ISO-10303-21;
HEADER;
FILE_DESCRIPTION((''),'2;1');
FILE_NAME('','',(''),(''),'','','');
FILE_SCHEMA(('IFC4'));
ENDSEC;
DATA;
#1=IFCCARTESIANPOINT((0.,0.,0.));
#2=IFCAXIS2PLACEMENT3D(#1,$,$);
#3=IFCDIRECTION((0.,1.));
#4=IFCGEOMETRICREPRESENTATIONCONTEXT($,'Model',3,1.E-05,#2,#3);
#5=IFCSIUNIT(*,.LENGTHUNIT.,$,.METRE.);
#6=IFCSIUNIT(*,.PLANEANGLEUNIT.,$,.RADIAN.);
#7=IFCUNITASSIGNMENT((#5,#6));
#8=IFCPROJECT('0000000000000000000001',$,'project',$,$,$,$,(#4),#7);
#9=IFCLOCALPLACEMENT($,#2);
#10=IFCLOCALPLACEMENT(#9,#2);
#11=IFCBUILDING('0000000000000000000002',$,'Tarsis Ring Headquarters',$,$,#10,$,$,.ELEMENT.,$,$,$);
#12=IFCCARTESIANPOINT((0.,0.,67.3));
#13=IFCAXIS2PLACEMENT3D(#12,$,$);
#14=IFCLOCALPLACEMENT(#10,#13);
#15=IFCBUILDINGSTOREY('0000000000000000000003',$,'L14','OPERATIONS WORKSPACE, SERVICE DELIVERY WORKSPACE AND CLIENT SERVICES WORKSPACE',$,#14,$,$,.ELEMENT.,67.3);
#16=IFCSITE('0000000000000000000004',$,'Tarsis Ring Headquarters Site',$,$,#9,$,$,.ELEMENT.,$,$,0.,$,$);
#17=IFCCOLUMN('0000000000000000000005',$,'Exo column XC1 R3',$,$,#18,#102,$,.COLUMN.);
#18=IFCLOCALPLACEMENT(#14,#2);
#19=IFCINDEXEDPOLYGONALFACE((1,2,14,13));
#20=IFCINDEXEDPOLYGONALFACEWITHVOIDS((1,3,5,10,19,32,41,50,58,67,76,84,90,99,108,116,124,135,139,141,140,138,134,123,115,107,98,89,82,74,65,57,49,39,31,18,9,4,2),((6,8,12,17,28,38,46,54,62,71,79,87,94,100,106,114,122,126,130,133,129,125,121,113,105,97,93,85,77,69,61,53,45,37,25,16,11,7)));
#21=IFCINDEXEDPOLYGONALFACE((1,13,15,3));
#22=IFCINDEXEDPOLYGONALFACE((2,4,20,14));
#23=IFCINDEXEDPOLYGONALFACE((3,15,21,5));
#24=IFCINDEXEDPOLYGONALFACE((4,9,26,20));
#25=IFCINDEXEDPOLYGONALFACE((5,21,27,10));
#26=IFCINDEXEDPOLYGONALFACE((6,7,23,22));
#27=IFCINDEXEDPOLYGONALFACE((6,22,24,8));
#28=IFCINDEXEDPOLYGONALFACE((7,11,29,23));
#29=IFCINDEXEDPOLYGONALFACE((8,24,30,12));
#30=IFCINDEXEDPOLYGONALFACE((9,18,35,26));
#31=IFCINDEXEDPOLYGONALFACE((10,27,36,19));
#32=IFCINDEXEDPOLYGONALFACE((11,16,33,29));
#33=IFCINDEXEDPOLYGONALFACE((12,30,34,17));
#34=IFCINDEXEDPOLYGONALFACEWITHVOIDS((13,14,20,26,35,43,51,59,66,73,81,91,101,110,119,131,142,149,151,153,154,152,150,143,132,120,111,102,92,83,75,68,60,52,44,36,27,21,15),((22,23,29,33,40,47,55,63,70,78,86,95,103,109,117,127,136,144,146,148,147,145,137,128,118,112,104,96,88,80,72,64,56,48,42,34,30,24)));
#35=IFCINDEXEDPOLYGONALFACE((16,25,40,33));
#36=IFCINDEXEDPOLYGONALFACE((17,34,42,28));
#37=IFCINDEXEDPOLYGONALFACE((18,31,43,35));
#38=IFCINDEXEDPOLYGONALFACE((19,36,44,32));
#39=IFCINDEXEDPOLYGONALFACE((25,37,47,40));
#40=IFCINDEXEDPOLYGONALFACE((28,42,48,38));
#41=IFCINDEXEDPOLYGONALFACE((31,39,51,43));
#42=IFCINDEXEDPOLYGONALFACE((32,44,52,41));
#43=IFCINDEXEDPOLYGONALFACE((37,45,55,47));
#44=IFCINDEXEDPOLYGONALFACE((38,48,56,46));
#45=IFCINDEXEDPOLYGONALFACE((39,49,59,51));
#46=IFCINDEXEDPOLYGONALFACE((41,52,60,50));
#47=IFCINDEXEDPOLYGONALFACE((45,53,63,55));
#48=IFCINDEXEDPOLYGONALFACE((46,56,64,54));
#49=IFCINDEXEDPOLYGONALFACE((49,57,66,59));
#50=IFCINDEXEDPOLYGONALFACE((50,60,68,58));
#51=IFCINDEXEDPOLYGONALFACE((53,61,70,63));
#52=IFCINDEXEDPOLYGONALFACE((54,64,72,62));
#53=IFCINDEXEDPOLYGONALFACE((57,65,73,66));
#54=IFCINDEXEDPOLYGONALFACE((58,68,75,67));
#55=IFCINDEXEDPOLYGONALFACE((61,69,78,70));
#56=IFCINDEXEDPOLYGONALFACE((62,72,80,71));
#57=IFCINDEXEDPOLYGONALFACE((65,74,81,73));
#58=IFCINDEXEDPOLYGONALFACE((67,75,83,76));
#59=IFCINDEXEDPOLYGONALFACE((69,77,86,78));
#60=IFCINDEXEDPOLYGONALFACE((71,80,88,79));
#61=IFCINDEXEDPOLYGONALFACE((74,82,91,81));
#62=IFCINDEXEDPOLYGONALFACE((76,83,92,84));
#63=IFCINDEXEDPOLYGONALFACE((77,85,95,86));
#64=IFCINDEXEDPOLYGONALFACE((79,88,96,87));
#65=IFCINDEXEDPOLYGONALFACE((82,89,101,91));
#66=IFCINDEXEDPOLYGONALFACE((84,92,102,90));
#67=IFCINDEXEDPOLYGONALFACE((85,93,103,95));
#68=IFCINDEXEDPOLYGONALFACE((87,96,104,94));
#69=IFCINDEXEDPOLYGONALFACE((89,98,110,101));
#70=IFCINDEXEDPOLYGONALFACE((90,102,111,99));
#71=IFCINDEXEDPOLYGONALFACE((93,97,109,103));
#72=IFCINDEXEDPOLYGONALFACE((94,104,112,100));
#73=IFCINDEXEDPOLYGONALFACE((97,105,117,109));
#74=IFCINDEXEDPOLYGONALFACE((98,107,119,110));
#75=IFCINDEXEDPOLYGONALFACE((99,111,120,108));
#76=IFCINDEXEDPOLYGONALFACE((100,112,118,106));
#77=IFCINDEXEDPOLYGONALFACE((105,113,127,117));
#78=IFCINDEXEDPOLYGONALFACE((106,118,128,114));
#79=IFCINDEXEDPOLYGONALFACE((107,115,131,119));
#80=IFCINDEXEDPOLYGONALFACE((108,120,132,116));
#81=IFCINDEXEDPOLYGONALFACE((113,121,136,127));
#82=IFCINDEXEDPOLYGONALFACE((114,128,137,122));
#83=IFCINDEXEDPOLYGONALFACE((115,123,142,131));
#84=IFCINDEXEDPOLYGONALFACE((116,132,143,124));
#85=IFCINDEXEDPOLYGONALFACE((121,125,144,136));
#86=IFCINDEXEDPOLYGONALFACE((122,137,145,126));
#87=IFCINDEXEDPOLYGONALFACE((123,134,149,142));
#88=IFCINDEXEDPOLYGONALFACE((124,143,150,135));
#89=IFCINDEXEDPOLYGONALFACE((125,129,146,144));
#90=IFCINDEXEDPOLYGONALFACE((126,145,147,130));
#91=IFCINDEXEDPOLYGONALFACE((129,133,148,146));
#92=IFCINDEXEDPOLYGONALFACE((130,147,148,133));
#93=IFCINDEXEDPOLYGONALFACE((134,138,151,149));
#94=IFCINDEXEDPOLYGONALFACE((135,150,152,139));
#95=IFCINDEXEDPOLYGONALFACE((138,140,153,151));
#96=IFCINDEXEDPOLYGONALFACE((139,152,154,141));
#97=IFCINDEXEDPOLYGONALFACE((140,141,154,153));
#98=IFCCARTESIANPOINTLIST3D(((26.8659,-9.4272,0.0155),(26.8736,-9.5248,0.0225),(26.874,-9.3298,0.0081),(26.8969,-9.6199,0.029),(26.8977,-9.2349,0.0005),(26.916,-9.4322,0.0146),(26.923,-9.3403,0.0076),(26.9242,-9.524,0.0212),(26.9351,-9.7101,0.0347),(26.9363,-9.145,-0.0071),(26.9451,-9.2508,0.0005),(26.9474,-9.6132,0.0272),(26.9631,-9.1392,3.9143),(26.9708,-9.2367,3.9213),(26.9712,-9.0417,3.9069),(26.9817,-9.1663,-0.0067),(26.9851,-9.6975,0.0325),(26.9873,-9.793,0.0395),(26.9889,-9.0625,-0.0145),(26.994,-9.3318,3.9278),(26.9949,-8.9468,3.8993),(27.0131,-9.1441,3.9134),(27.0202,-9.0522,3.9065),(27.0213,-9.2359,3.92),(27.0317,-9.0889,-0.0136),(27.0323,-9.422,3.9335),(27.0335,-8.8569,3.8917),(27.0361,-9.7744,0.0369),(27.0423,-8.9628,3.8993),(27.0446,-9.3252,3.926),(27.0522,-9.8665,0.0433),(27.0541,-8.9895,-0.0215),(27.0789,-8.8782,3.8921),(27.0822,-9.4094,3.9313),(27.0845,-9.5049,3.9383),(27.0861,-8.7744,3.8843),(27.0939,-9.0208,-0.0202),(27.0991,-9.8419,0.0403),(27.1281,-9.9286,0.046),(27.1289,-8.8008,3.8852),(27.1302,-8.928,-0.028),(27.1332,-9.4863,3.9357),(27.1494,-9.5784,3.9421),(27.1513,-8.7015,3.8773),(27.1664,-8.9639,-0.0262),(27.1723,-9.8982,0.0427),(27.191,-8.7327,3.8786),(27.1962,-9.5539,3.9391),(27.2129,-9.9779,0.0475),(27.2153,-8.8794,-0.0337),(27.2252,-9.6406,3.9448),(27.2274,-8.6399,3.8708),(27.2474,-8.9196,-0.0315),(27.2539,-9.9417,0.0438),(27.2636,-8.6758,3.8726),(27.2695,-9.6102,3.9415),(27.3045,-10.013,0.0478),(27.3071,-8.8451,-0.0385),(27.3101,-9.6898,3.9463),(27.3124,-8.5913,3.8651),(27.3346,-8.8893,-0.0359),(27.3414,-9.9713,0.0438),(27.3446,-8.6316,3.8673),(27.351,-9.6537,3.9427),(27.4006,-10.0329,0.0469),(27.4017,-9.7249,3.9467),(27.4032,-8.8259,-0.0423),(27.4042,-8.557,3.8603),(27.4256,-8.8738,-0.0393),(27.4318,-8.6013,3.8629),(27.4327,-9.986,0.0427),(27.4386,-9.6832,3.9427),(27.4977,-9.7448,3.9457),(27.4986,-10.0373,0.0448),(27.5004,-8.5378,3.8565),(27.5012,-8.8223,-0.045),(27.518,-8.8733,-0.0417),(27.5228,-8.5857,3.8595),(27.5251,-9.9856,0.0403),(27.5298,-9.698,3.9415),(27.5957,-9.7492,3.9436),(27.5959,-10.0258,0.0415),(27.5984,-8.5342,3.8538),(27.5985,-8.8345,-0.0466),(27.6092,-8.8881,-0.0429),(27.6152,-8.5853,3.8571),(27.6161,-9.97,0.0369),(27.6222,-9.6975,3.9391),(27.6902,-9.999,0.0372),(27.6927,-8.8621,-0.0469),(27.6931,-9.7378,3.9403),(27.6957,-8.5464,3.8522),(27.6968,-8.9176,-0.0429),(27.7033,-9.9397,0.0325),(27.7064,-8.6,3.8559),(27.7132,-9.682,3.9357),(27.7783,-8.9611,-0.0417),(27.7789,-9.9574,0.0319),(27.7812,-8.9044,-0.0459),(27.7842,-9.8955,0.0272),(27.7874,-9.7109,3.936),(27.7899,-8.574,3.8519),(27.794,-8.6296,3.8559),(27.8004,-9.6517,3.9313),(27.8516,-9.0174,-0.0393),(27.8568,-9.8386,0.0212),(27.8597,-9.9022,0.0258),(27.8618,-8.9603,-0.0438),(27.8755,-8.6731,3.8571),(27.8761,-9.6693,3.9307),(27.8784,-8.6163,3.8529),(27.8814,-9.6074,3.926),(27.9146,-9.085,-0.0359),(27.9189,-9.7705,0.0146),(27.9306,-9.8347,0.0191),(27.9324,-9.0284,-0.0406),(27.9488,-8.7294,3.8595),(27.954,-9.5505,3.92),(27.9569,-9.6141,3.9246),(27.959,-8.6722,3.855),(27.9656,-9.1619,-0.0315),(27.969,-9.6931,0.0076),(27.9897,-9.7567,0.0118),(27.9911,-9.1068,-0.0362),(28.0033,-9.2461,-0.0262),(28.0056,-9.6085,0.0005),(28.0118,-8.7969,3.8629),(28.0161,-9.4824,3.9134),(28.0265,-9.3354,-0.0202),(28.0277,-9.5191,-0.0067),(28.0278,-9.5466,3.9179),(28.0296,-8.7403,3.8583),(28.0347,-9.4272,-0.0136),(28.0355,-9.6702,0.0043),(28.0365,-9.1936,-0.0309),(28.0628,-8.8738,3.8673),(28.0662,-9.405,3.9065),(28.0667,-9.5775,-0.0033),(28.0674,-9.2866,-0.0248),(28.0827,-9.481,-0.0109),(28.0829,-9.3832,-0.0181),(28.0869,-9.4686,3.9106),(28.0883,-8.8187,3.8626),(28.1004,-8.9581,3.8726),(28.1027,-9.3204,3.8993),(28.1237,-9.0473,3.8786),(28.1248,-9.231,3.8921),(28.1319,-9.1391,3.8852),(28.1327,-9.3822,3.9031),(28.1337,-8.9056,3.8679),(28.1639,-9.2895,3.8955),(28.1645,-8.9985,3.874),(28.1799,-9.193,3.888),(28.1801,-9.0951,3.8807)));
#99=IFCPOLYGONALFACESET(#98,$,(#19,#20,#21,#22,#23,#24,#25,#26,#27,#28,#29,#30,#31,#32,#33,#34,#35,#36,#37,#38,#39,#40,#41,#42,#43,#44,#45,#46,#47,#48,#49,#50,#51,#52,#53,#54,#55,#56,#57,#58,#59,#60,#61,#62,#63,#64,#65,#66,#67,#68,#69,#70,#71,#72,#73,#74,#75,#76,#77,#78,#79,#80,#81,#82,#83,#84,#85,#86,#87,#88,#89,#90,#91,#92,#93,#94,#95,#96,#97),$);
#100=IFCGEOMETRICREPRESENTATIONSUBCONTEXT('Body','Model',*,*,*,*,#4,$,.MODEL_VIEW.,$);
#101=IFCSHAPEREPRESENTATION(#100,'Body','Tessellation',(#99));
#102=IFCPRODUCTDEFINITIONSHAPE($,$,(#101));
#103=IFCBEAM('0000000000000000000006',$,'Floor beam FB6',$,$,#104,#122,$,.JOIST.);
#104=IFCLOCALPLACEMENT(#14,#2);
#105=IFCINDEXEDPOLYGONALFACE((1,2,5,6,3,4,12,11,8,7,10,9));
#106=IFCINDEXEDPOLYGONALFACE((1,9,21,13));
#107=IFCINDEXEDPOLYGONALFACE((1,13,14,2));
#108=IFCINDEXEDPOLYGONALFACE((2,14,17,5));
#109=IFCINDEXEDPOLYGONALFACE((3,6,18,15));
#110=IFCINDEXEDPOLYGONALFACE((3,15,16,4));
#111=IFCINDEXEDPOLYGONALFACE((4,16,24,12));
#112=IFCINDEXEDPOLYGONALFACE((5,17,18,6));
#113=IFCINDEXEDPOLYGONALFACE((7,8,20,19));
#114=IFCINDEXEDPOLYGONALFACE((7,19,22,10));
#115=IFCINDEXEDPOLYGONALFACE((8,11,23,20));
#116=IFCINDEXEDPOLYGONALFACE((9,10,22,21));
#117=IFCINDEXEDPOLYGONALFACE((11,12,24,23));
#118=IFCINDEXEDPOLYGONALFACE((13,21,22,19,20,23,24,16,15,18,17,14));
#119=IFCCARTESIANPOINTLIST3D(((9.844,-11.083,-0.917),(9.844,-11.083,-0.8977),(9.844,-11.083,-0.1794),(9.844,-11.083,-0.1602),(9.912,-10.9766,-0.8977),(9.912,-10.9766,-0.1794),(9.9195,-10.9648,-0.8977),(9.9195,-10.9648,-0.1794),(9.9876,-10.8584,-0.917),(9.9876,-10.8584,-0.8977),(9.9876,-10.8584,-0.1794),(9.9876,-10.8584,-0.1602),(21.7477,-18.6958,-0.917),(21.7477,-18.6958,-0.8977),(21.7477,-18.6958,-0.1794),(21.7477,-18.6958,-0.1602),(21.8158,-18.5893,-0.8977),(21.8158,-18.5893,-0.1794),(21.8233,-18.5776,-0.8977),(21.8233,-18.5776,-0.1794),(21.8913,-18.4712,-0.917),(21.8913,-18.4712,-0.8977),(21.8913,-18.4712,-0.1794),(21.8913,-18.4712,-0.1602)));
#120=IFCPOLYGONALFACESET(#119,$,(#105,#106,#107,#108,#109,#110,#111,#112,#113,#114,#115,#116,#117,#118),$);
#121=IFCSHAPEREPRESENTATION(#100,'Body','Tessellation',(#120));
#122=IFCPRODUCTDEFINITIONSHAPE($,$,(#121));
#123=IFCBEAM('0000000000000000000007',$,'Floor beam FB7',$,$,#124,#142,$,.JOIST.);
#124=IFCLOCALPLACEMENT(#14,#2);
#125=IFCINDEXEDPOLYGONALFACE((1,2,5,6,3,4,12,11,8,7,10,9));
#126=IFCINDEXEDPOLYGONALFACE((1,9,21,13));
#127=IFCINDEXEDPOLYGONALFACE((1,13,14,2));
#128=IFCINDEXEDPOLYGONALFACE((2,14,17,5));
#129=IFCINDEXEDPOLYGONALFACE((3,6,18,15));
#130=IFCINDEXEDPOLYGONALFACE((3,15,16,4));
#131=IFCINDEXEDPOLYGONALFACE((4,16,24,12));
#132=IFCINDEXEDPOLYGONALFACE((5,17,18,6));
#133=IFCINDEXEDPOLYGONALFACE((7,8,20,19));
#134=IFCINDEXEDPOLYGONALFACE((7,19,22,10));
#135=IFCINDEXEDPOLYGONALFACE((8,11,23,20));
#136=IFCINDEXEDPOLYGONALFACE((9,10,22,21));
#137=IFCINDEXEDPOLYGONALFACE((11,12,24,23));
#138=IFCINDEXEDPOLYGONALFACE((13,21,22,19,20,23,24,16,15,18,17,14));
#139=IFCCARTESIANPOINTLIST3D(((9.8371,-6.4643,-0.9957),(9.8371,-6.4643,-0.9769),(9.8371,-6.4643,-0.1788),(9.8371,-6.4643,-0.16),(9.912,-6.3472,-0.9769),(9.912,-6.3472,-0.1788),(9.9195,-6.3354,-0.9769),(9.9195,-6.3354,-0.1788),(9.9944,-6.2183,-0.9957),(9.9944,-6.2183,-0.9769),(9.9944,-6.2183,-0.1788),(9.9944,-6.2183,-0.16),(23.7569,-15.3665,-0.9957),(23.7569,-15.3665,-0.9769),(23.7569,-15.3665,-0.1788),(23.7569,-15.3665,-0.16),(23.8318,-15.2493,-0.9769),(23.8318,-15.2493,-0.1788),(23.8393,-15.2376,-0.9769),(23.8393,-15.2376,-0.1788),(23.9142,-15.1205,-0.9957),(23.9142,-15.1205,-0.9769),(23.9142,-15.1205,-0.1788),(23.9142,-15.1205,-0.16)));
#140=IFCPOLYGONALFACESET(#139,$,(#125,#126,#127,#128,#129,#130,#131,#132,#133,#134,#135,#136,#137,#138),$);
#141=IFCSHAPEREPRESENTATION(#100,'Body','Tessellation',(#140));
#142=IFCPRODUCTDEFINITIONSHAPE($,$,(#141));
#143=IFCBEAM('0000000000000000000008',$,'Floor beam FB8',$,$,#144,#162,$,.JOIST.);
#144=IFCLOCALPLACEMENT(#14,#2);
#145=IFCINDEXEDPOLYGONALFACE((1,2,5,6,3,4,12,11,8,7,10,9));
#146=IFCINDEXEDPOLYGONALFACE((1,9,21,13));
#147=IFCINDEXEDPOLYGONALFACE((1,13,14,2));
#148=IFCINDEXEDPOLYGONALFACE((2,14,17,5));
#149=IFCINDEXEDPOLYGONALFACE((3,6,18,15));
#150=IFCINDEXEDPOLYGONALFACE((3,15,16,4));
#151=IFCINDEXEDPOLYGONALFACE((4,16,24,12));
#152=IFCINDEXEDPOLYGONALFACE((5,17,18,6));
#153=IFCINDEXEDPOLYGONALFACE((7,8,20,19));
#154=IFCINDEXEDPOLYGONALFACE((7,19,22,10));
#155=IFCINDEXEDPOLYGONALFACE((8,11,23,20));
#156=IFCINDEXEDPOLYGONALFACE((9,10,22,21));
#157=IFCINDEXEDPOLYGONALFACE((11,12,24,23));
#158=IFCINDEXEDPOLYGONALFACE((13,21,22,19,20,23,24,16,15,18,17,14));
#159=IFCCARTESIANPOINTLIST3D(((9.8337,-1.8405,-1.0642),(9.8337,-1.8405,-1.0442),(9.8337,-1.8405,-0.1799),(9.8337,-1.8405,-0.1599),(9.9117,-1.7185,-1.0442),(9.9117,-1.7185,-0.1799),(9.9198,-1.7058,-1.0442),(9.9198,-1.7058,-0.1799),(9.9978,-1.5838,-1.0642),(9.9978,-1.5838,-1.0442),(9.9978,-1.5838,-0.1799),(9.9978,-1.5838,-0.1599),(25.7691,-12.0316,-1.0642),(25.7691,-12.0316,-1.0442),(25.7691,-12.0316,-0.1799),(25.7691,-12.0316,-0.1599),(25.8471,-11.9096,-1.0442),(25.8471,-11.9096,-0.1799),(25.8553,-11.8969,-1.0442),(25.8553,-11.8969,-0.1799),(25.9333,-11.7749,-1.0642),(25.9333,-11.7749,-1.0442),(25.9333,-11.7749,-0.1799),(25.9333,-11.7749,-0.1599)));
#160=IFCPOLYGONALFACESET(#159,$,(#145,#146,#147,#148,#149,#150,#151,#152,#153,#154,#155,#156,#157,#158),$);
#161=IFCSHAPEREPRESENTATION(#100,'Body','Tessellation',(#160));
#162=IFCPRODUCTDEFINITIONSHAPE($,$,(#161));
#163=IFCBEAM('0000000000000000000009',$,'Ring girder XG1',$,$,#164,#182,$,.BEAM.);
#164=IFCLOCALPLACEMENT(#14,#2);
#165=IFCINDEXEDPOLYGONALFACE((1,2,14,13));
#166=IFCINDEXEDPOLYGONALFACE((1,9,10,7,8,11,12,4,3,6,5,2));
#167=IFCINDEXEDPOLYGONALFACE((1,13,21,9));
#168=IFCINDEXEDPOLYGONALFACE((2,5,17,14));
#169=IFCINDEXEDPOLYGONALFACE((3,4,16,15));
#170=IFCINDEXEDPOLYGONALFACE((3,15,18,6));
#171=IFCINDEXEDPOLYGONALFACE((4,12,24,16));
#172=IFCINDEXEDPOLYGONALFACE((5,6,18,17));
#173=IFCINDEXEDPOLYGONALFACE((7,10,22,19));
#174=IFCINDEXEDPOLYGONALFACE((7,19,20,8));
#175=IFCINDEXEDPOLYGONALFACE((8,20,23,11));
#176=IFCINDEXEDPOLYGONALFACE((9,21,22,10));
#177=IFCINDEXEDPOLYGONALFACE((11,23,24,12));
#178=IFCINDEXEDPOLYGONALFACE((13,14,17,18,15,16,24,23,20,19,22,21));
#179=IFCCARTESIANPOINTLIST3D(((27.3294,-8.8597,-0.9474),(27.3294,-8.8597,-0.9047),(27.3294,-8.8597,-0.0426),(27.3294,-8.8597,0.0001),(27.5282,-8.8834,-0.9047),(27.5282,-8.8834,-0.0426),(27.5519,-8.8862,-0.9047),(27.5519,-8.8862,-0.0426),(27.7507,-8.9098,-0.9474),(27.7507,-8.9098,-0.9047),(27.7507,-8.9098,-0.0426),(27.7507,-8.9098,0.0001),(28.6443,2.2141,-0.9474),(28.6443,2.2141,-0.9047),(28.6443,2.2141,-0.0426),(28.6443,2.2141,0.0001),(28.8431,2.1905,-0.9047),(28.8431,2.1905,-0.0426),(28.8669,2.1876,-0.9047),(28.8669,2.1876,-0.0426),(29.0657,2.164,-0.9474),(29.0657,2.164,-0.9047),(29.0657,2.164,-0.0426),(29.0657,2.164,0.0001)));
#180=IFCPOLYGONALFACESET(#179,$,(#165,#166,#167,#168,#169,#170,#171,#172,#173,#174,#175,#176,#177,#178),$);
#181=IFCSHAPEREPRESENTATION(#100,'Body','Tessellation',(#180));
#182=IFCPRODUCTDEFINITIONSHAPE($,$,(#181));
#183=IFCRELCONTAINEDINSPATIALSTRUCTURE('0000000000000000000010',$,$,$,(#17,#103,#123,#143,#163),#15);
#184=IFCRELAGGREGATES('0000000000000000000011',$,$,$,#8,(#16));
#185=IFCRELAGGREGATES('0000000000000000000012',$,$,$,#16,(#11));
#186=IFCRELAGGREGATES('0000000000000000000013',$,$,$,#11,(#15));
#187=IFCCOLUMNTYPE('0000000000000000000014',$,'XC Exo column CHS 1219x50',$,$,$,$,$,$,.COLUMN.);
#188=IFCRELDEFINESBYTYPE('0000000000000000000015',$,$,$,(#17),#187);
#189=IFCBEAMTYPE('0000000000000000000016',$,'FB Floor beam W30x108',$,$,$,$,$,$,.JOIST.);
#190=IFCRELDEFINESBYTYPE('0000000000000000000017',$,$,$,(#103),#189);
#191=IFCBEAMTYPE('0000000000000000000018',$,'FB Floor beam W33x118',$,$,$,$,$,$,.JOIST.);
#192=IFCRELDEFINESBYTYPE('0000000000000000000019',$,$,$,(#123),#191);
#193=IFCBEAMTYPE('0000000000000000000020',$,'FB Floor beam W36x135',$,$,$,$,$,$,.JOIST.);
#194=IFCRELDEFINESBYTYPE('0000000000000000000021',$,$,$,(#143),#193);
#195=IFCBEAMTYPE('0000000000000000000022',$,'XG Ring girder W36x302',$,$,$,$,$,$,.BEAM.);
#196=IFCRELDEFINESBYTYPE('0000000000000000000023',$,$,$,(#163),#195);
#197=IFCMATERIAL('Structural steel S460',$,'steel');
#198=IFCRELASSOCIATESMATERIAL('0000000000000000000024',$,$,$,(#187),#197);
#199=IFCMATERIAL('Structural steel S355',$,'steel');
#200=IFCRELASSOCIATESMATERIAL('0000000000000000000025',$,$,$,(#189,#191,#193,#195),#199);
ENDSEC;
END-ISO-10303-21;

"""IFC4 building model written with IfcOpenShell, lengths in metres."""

from ifc_helpers import new_model, si_unit, direction, frame, origin, origin_2d, place, context, subcontext, project, spatial, hollow_circle, i_section, extrude, material, material_profile, profile_set, type_object, element, save


model = new_model("IFC4")

# Units and contexts
model_context = context("Model", 3, precision=1e-05, world=origin(), true_north=direction((0.0, 1.0)))
body_context = subcontext(model_context, "Body", "Model", "MODEL_VIEW")
ifc_project = project(units=[si_unit("LENGTHUNIT", "METRE"), si_unit("PLANEANGLEUNIT", "RADIAN")], contexts=[model_context])

# Site, building, storey
site_placement = place(None, origin())
site = spatial("IfcSite", under=ifc_project, at=site_placement, Name="Tarsis Ring Headquarters Site", CompositionType="ELEMENT", RefElevation=0.0)
building_placement = place(site_placement, origin())
building = spatial("IfcBuilding", under=site, at=building_placement, Name="Tarsis Ring Headquarters", CompositionType="ELEMENT")
storey_placement = place(building_placement, frame((0.0, 0.0, 67.3)))
storey = spatial("IfcBuildingStorey", under=building, at=storey_placement, Name="L14", Description="OPERATIONS WORKSPACE, SERVICE DELIVERY WORKSPACE AND CLIENT SERVICES WORKSPACE", CompositionType="ELEMENT", Elevation=67.3)

# Column
ifc_material_1 = material(Name="Structural steel S460", Category="steel")
ifc_material_profile_1 = material_profile(ifc_material_1, hollow_circle(Radius=0.6096, WallThickness=0.05, at=origin_2d()), Name="CHS 1219x50")
ifc_profile_set_1 = profile_set([ifc_material_profile_1], Name="Structural steel S460")
column_type = type_object("IfcColumnType", Name="XC Exo column CHS 1219x50", PredefinedType="COLUMN", material=ifc_profile_set_1)
column_placement = place(storey_placement, frame((27.4753, -9.4297, 0.0005), z_axis=(0.024846, 0.073665, 0.996973), x_axis=(-0.947553, 0.319598, 0.0)))
element("IfcColumn", 1, at=column_placement, inside=storey, type_object=column_type, Name="Exo column XC1 R3", PredefinedType="COLUMN", context=body_context, shape_type="SweptSolid", body=[
    extrude(hollow_circle(Radius=0.6096, WallThickness=0.05, at=origin_2d()), origin(), (0.0, 0.0, 1.0), 3.9106),
])

# Beams
ifc_material_2 = material(Name="Structural steel S355", Category="steel")
ifc_material_profile_2 = material_profile(ifc_material_2, i_section(OverallWidth=0.2666, OverallDepth=0.7568, WebThickness=0.0139, FlangeThickness=0.0193, at=origin_2d()), Name="W30x108")
ifc_profile_set_2 = profile_set([ifc_material_profile_2], Name="Structural steel S355")
beam_type_1 = type_object("IfcBeamType", Name="FB Floor beam W30x108", PredefinedType="JOIST", material=ifc_profile_set_2)
beam_1_placement = place(storey_placement, frame((9.9158, -10.9707, -0.5386), z_axis=(0.842453, -0.53877, 0.0), x_axis=(0.53877, 0.842453, 0.0)))
element("IfcBeam", 2, at=beam_1_placement, inside=storey, type_object=beam_type_1, Name="Floor beam FB6", PredefinedType="JOIST", context=body_context, shape_type="SweptSolid", body=[
    extrude(i_section(OverallWidth=0.2666, OverallDepth=0.7568, WebThickness=0.0139, FlangeThickness=0.0193, at=origin_2d()), origin(), (0.0, 0.0, 1.0), 14.1299),
])
ifc_material_profile_3 = material_profile(ifc_material_2, i_section(OverallWidth=0.292, OverallDepth=0.8357, WebThickness=0.0139, FlangeThickness=0.0188, at=origin_2d()), Name="W33x118")
ifc_profile_set_3 = profile_set([ifc_material_profile_3], Name="Structural steel S355")
beam_type_2 = type_object("IfcBeamType", Name="FB Floor beam W33x118", PredefinedType="JOIST", material=ifc_profile_set_3)
beam_2_placement = place(storey_placement, frame((9.9158, -6.3413, -0.5779), z_axis=(0.84245, -0.538775, 0.0), x_axis=(0.538775, 0.84245, 0.0)))
element("IfcBeam", 3, at=beam_2_placement, inside=storey, type_object=beam_type_2, Name="Floor beam FB7", PredefinedType="JOIST", context=body_context, shape_type="SweptSolid", body=[
    extrude(i_section(OverallWidth=0.292, OverallDepth=0.8357, WebThickness=0.0139, FlangeThickness=0.0188, at=origin_2d()), origin(), (0.0, 0.0, 1.0), 16.5229),
])
ifc_material_profile_4 = material_profile(ifc_material_2, i_section(OverallWidth=0.3047, OverallDepth=0.9043, WebThickness=0.0151, FlangeThickness=0.02, at=origin_2d()), Name="W36x135")
ifc_profile_set_4 = profile_set([ifc_material_profile_4], Name="Structural steel S355")
beam_type_3 = type_object("IfcBeamType", Name="FB Floor beam W36x135", PredefinedType="JOIST", material=ifc_profile_set_4)
beam_3_placement = place(storey_placement, frame((9.9158, -1.7122, -0.6121), z_axis=(0.842453, -0.538769, 0.0), x_axis=(0.538769, 0.842453, 0.0)))
element("IfcBeam", 4, at=beam_3_placement, inside=storey, type_object=beam_type_3, Name="Floor beam FB8", PredefinedType="JOIST", context=body_context, shape_type="SweptSolid", body=[
    extrude(i_section(OverallWidth=0.3047, OverallDepth=0.9043, WebThickness=0.0151, FlangeThickness=0.02, at=origin_2d()), origin(), (0.0, 0.0, 1.0), 18.9155),
])
ifc_material_profile_5 = material_profile(ifc_material_2, i_section(OverallWidth=0.4243, OverallDepth=0.9475, WebThickness=0.0239, FlangeThickness=0.0427, at=origin_2d()), Name="W36x302")
ifc_profile_set_5 = profile_set([ifc_material_profile_5], Name="Structural steel S355")
beam_type_4 = type_object("IfcBeamType", Name="XG Ring girder W36x302", PredefinedType="BEAM", material=ifc_profile_set_5)
beam_4_placement = place(storey_placement, frame((27.54, -8.8848, -0.4736), z_axis=(0.117916, 0.993024, 0.0), x_axis=(-0.993024, 0.117916, 0.0)))
element("IfcBeam", 5, at=beam_4_placement, inside=storey, type_object=beam_type_4, Name="Ring girder XG1", PredefinedType="BEAM", context=body_context, shape_type="SweptSolid", body=[
    extrude(i_section(OverallWidth=0.4243, OverallDepth=0.9475, WebThickness=0.0239, FlangeThickness=0.0427, at=origin_2d()), origin(), (0.0, 0.0, 1.0), 11.1516),
])

save(model, "model.ifc")
